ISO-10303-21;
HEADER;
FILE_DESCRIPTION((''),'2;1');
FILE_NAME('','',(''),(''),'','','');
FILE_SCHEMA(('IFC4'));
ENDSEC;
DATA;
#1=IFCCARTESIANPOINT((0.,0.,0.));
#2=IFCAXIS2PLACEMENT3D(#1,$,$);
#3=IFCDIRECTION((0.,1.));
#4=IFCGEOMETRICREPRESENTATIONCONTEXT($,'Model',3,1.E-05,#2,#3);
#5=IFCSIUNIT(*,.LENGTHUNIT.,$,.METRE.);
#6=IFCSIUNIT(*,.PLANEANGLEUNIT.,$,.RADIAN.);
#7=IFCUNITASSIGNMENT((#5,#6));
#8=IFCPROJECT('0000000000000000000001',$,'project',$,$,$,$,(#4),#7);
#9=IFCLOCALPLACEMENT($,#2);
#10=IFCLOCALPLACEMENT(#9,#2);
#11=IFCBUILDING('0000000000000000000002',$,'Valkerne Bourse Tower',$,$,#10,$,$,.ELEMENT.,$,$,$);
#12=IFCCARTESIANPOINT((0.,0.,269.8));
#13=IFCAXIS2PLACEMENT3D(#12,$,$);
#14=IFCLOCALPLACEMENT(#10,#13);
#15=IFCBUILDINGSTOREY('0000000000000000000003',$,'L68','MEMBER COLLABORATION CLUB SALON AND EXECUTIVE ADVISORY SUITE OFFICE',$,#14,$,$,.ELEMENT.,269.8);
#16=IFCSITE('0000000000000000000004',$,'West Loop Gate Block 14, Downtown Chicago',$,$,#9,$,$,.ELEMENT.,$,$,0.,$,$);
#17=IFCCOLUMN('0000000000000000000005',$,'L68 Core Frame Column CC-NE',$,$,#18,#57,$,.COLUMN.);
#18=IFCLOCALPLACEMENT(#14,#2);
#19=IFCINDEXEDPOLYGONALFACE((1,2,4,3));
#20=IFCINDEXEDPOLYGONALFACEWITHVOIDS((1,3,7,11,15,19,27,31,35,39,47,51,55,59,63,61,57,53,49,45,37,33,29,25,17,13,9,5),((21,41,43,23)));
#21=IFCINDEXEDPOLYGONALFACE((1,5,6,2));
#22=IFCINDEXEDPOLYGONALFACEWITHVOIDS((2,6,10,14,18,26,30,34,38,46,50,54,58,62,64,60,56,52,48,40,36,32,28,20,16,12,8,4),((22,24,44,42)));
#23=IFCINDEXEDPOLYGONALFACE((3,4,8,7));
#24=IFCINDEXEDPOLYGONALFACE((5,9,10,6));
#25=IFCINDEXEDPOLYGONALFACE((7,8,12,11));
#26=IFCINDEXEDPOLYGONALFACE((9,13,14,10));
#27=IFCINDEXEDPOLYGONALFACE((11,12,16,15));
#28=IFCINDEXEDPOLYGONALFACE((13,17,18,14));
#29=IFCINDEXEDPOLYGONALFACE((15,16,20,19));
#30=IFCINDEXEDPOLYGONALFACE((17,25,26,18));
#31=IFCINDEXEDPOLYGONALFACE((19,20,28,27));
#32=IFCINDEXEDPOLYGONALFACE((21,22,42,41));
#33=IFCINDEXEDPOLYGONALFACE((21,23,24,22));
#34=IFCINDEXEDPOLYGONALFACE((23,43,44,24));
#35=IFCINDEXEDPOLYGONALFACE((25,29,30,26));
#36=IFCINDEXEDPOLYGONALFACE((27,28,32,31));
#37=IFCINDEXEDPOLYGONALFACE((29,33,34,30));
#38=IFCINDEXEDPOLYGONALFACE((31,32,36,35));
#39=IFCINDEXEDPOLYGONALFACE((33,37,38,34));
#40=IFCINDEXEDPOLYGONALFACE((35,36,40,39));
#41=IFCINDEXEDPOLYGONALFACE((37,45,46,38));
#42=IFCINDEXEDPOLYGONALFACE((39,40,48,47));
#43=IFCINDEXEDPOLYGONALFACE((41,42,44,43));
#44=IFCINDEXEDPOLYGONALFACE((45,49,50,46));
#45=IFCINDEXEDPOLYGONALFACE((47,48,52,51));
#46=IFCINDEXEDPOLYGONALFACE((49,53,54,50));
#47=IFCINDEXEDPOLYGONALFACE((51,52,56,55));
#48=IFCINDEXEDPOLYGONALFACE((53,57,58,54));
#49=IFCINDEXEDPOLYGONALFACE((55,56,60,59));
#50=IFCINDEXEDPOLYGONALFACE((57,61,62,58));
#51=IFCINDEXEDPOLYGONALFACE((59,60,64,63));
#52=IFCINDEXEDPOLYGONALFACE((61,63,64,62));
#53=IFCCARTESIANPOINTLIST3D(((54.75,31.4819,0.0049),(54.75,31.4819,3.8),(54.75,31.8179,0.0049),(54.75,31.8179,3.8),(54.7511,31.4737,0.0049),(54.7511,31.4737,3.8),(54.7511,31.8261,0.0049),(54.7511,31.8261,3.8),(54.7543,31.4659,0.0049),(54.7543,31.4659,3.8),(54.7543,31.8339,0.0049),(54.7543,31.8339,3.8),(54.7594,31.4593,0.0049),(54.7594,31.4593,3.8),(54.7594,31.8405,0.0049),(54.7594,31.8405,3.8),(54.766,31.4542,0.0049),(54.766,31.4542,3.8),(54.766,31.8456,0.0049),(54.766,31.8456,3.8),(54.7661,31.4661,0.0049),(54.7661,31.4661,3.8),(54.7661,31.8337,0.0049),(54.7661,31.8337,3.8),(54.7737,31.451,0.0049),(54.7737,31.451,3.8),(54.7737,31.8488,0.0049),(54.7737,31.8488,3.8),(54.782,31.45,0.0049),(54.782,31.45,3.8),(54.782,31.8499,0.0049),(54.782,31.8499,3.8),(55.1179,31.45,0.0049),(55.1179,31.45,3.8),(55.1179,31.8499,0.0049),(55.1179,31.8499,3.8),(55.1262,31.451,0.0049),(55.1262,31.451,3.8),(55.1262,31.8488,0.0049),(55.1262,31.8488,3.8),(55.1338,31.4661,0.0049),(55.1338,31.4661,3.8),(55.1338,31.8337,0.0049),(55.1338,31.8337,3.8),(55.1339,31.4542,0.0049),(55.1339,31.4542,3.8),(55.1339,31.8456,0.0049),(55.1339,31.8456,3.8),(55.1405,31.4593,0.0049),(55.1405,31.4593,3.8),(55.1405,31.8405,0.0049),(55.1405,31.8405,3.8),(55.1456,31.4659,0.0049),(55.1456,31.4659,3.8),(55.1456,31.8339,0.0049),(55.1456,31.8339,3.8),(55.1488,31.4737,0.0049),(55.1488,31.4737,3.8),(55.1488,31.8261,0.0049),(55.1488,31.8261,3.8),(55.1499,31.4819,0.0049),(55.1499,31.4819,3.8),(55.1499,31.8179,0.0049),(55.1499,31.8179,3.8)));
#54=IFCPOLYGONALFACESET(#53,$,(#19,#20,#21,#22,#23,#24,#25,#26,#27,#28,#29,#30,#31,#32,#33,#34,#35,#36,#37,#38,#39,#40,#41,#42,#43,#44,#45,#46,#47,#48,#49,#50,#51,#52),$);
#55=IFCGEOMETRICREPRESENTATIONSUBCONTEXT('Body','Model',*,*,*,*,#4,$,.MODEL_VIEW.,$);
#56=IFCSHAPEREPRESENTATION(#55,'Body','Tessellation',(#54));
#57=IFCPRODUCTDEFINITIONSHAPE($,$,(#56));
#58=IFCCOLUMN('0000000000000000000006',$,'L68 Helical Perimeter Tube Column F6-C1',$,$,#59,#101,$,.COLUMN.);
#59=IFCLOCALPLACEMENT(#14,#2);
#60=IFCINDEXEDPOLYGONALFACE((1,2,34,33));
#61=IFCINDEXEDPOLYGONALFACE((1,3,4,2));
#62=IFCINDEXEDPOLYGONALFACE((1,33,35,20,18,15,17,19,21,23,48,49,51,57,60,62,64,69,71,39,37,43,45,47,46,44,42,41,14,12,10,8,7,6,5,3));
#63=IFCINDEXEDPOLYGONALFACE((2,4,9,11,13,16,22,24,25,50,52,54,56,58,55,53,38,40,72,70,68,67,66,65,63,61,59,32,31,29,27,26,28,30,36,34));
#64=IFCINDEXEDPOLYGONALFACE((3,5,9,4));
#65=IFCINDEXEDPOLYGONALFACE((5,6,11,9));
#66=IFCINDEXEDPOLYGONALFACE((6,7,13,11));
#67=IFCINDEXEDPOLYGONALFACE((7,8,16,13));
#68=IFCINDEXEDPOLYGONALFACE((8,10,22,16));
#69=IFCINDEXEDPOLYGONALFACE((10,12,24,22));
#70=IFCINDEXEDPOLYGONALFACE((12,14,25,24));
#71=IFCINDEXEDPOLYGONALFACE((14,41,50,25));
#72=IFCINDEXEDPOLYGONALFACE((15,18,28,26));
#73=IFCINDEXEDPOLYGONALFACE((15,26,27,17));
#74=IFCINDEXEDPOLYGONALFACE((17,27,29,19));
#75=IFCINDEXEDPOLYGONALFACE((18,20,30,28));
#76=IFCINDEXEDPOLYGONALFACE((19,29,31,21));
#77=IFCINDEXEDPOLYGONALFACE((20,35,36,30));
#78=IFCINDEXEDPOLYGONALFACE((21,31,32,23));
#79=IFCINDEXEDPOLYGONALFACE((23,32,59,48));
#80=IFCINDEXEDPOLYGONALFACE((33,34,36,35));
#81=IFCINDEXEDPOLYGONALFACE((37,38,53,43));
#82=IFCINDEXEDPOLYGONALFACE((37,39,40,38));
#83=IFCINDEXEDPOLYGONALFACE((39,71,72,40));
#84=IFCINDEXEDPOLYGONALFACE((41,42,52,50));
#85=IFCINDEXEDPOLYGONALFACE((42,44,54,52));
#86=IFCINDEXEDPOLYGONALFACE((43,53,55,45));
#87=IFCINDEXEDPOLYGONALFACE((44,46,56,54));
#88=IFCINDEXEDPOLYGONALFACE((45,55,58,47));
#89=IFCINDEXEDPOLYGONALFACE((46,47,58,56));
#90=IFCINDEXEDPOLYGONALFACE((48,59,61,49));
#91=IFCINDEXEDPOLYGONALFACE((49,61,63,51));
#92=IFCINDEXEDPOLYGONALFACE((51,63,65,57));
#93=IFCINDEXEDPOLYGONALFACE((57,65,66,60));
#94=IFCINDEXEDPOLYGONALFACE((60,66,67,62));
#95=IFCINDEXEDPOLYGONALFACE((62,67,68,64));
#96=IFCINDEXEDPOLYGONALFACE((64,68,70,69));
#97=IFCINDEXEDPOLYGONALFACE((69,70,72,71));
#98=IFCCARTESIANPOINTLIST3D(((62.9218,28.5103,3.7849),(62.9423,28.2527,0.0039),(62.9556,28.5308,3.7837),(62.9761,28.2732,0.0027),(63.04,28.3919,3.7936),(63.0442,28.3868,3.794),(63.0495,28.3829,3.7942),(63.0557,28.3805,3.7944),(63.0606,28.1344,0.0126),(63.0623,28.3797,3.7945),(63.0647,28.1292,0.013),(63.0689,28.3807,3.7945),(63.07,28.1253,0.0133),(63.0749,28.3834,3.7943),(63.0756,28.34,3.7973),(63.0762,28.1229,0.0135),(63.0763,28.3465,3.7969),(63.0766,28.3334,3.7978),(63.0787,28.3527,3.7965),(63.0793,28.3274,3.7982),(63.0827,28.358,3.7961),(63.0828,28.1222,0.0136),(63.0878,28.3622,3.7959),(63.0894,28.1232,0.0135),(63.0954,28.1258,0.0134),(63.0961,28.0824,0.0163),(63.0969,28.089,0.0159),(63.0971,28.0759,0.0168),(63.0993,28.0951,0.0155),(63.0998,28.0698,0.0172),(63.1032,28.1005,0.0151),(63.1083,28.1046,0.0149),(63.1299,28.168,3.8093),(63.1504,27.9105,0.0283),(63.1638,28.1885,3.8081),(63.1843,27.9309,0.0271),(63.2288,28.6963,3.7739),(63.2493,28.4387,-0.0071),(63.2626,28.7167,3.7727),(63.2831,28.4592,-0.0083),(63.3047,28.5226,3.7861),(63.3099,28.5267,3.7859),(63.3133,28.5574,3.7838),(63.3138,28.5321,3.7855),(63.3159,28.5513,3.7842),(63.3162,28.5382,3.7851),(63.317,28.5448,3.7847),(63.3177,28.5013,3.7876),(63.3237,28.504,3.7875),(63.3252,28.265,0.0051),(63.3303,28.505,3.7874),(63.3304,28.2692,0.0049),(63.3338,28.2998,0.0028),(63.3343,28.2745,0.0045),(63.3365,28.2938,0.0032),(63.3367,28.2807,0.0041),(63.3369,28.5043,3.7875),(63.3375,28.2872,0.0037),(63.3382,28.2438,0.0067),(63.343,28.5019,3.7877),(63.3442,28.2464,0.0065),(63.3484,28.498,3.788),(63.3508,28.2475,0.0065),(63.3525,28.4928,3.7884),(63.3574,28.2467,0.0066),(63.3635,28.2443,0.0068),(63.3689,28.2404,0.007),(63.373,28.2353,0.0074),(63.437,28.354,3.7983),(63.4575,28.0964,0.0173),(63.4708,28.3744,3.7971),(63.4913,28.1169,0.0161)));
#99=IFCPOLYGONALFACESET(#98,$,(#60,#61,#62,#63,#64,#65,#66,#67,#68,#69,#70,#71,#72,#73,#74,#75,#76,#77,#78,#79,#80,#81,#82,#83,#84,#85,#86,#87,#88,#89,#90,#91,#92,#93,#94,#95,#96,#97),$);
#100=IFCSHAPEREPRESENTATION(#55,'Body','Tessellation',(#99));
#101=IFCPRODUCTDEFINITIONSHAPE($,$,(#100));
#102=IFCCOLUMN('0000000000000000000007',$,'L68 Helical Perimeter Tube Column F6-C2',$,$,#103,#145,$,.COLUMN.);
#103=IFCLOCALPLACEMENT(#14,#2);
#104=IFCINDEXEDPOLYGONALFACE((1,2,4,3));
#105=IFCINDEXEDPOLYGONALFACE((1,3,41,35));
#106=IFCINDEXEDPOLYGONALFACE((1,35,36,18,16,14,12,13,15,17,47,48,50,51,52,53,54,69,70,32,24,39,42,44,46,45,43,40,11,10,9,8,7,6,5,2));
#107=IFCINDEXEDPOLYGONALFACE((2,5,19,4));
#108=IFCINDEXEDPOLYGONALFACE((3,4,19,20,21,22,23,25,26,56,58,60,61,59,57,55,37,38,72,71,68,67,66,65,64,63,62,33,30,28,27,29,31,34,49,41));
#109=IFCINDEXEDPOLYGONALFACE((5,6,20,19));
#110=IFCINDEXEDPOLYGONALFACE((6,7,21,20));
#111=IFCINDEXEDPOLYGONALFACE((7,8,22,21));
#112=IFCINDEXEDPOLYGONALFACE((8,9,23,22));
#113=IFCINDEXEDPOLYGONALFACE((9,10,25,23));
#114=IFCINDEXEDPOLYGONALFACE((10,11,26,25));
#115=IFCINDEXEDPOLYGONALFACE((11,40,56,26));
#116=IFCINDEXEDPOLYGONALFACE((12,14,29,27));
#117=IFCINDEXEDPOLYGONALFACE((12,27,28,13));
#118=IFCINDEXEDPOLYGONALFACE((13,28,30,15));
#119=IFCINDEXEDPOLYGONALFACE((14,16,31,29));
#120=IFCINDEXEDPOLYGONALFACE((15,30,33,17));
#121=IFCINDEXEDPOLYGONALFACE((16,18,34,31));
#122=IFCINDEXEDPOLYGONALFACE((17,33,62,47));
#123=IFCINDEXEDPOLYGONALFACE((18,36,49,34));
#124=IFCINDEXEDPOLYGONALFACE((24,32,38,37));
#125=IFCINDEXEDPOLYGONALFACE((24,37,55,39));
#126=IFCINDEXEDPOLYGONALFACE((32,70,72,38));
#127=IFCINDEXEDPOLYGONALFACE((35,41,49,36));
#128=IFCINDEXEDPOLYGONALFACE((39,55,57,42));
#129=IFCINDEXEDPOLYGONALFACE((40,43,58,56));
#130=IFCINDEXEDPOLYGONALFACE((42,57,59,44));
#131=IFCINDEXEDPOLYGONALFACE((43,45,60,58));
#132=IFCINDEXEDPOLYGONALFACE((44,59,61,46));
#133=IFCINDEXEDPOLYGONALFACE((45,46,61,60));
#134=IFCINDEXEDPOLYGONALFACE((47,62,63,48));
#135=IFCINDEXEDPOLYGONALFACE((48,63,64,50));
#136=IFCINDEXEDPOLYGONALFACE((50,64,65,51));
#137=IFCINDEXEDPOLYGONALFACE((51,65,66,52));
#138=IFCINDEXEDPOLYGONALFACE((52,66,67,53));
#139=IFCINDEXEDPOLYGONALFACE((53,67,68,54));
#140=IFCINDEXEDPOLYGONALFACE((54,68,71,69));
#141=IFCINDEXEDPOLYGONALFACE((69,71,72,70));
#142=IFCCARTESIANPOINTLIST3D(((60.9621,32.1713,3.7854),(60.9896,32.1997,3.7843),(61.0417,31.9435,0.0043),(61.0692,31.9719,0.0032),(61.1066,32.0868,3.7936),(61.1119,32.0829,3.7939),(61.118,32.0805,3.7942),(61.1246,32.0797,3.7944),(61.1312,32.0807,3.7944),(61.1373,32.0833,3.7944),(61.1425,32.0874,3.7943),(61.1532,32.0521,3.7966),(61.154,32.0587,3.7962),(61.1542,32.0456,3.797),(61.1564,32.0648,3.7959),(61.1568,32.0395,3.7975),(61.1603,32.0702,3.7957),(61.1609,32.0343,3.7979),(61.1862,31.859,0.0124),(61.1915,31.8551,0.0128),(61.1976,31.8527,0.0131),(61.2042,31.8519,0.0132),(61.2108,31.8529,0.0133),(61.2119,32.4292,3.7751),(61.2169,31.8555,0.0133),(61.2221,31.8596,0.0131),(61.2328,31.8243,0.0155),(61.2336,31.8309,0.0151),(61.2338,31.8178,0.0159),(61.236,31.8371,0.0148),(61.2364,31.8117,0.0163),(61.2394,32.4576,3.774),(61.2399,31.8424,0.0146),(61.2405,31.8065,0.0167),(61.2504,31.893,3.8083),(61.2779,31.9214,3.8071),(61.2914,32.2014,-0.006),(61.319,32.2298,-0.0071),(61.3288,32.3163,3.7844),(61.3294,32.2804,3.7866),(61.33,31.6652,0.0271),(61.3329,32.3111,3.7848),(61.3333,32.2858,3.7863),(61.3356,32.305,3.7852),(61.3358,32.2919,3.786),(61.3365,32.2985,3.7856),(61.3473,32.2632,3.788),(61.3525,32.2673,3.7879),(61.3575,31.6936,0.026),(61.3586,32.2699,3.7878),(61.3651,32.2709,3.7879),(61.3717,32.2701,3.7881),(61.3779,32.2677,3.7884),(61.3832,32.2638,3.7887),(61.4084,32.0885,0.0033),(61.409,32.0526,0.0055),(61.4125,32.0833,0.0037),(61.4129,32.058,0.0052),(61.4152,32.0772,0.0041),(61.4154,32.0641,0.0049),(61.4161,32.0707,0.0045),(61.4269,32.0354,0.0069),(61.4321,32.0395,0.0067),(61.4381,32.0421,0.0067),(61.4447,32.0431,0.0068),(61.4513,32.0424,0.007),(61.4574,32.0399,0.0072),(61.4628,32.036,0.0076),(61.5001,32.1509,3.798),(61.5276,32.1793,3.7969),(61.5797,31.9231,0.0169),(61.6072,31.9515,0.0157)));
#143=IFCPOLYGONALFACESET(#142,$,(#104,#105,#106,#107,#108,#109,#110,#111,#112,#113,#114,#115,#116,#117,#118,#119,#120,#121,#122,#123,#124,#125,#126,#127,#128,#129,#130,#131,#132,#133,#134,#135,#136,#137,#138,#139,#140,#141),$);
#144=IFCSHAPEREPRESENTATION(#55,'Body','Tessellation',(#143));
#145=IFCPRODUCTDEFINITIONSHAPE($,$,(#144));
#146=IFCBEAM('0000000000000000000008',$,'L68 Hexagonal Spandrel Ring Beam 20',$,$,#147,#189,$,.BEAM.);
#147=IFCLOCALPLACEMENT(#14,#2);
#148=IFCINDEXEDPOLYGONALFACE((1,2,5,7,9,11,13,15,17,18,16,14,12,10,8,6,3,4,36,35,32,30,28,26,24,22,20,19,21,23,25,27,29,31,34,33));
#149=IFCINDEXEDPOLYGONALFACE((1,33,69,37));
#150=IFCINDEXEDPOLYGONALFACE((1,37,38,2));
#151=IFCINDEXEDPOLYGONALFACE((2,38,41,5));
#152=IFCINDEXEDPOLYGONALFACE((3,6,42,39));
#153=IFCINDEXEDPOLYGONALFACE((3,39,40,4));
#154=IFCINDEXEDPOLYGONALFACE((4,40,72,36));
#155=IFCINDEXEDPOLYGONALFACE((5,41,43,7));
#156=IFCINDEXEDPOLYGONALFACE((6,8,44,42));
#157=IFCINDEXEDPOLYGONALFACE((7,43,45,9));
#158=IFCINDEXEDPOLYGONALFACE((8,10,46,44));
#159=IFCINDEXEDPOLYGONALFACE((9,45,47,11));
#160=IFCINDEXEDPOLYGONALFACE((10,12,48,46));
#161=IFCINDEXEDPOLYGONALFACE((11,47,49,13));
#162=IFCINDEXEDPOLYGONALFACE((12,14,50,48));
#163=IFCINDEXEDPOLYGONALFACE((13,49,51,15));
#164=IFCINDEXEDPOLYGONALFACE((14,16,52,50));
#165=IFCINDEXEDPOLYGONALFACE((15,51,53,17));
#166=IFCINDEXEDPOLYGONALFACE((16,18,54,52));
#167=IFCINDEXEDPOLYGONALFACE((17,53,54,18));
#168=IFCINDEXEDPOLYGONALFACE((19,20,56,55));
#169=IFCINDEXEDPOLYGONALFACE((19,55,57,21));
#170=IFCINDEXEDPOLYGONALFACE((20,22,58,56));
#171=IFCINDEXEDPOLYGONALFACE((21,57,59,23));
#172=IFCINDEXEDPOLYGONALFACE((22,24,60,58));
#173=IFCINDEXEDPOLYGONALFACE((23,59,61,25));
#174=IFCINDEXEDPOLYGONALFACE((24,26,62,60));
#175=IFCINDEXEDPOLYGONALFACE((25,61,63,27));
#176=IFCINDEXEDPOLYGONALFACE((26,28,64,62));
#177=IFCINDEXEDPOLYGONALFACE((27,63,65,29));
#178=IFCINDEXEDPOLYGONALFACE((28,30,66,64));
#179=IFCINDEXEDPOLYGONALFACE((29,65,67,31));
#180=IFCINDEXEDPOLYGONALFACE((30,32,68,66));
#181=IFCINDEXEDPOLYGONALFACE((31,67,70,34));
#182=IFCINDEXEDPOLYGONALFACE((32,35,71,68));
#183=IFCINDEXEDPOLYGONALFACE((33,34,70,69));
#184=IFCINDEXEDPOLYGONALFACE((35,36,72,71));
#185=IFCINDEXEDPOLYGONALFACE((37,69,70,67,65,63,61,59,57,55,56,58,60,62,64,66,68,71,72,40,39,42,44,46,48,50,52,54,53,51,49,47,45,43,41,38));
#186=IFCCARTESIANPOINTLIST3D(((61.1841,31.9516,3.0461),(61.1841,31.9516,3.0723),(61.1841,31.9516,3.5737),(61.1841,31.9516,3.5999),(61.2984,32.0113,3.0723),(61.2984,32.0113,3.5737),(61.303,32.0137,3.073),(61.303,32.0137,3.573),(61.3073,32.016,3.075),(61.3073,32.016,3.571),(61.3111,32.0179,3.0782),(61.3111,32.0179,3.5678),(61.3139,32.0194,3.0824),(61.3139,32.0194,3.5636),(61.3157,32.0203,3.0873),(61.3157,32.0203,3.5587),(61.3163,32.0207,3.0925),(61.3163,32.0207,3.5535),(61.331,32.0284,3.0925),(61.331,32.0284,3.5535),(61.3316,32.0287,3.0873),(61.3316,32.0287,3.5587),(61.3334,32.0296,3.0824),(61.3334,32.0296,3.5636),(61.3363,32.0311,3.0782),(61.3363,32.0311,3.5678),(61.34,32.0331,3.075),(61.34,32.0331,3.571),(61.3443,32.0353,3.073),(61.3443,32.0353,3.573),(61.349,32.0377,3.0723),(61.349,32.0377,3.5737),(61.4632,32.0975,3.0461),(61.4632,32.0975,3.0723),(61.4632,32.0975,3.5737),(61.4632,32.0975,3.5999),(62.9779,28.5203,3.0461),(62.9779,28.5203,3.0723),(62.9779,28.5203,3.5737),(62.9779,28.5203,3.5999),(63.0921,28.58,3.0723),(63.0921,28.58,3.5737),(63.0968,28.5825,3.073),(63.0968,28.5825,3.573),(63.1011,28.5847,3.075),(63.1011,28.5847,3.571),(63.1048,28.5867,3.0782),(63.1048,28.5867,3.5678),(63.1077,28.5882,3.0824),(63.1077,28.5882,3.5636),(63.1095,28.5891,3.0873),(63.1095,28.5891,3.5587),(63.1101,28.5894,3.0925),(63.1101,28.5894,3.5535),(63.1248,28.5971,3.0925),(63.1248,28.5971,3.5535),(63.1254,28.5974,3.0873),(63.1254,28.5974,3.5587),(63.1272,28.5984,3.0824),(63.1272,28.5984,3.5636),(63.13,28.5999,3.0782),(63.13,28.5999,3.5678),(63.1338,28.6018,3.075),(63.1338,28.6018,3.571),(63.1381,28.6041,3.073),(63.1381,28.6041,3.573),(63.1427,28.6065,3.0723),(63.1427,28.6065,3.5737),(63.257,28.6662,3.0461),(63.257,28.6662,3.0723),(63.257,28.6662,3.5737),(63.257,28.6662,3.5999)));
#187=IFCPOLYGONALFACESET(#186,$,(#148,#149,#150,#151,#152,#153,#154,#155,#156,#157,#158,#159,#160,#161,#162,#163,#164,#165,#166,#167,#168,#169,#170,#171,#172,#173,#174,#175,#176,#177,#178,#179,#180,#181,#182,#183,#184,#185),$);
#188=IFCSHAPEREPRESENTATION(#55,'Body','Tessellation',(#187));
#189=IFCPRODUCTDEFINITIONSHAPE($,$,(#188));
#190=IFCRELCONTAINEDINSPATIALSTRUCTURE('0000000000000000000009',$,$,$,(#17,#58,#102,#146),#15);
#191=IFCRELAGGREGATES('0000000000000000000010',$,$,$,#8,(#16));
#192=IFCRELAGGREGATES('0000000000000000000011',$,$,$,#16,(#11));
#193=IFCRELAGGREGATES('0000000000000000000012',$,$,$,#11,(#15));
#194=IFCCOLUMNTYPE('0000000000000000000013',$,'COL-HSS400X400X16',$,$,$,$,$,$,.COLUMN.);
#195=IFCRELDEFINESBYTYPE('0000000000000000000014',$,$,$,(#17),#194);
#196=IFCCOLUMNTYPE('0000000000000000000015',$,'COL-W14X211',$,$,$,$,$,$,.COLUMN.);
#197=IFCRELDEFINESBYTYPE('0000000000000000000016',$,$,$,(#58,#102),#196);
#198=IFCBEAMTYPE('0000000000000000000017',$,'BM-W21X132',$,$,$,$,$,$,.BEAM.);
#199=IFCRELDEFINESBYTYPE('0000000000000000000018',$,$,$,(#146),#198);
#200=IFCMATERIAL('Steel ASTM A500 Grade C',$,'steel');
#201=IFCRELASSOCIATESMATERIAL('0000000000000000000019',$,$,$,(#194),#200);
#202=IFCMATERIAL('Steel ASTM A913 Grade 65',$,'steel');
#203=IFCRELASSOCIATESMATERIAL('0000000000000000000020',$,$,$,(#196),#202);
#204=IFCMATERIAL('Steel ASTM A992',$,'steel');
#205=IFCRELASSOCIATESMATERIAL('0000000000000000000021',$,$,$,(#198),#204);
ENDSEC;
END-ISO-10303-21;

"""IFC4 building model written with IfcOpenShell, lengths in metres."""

from ifc_helpers import new_model, si_unit, direction, frame, origin, origin_2d, place, context, subcontext, project, spatial, hollow_rectangle, i_section, extrude, material, material_profile, profile_set, type_object, element, save


model = new_model("IFC4")

# Units and contexts
model_context = context("Model", 3, precision=1e-05, world=origin(), true_north=direction((0.0, 1.0)))
body_context = subcontext(model_context, "Body", "Model", "MODEL_VIEW")
ifc_project = project(units=[si_unit("LENGTHUNIT", "METRE"), si_unit("PLANEANGLEUNIT", "RADIAN")], contexts=[model_context])

# Site, building, storey
site_placement = place(None, origin())
site = spatial("IfcSite", under=ifc_project, at=site_placement, Name="West Loop Gate Block 14, Downtown Chicago", CompositionType="ELEMENT", RefElevation=0.0)
building_placement = place(site_placement, origin())
building = spatial("IfcBuilding", under=site, at=building_placement, Name="Valkerne Bourse Tower", CompositionType="ELEMENT")
storey_placement = place(building_placement, frame((0.0, 0.0, 269.8)))
storey = spatial("IfcBuildingStorey", under=building, at=storey_placement, Name="L68", Description="MEMBER COLLABORATION CLUB SALON AND EXECUTIVE ADVISORY SUITE OFFICE", CompositionType="ELEMENT", Elevation=269.8)

# Columns
ifc_material_1 = material(Name="Steel ASTM A500 Grade C", Category="steel")
ifc_material_profile_1 = material_profile(ifc_material_1, hollow_rectangle(XDim=0.3999, YDim=0.3999, WallThickness=0.0161, OuterFilletRadius=0.032, at=origin_2d()), Name="HSS400X400X16")
ifc_profile_set_1 = profile_set([ifc_material_profile_1], Name="Steel ASTM A500 Grade C")
column_type_1 = type_object("IfcColumnType", Name="COL-HSS400X400X16", PredefinedType="COLUMN", material=ifc_profile_set_1)
column_1_placement = place(storey_placement, frame((54.95, 31.6499, 0.0049), z_axis=(0.0, 0.0, 1.0), x_axis=(1.0, 0.0, 0.0)))
element("IfcColumn", 1, at=column_1_placement, inside=storey, type_object=column_type_1, Name="L68 Core Frame Column CC-NE", PredefinedType="COLUMN", context=body_context, shape_type="SweptSolid", body=[
    extrude(hollow_rectangle(XDim=0.3999, YDim=0.3999, WallThickness=0.0161, OuterFilletRadius=0.032, at=origin_2d()), origin(), (0.0, 0.0, 1.0), 3.7952),
])
ifc_material_2 = material(Name="Steel ASTM A913 Grade 65", Category="steel")
ifc_material_profile_2 = material_profile(ifc_material_2, i_section(OverallWidth=0.4014, OverallDepth=0.3987, WebThickness=0.0249, FlangeThickness=0.0396, FilletRadius=0.0254, at=origin_2d()), Name="W14X211")
ifc_profile_set_2 = profile_set([ifc_material_profile_2], Name="Steel ASTM A913 Grade 65")
column_type_2 = type_object("IfcColumnType", Name="COL-W14X211", PredefinedType="COLUMN", material=ifc_profile_set_2)
column_2_placement = place(storey_placement, frame((63.2168, 28.1848, 0.01), z_axis=(-0.005411, 0.067963, 0.997673), x_axis=(0.518643, -0.852819, 0.060908)))
element("IfcColumn", 2, at=column_2_placement, inside=storey, type_object=column_type_2, Name="L68 Helical Perimeter Tube Column F6-C1", PredefinedType="COLUMN", context=body_context, shape_type="SweptSolid", body=[
    extrude(i_section(OverallWidth=0.4014, OverallDepth=0.3987, WebThickness=0.0249, FlangeThickness=0.0396, FilletRadius=0.0254, at=origin_2d()), origin(), (0.0, 0.0, 1.0), 3.7898),
])
column_3_placement = place(storey_placement, frame((61.3245, 31.9475, 0.01), z_axis=(-0.021007, 0.060122, 0.99797), x_axis=(0.718256, -0.693449, 0.056895)))
element("IfcColumn", 3, at=column_3_placement, inside=storey, type_object=column_type_2, Name="L68 Helical Perimeter Tube Column F6-C2", PredefinedType="COLUMN", context=body_context, shape_type="SweptSolid", body=[
    extrude(i_section(OverallWidth=0.4014, OverallDepth=0.3987, WebThickness=0.0249, FlangeThickness=0.0396, FilletRadius=0.0254, at=origin_2d()), origin(), (0.0, 0.0, 1.0), 3.7888),
])

# Beam
ifc_material_3 = material(Name="Steel ASTM A992", Category="steel")
ifc_material_profile_3 = material_profile(ifc_material_3, i_section(OverallWidth=0.3149, OverallDepth=0.5537, WebThickness=0.0166, FlangeThickness=0.0261, FilletRadius=0.0203, at=origin_2d()), Name="W21X132")
ifc_profile_set_3 = profile_set([ifc_material_profile_3], Name="Steel ASTM A992")
beam_type_1 = type_object("IfcBeamType", Name="BM-W21X132", PredefinedType="BEAM", material=ifc_profile_set_3)
for number, where, z_axis, x_axis, name in (
    (4, (63.1174, 28.5933, 3.323), (-0.463283, 0.88621, 0.0), (-0.88621, -0.463283, 0.0), "L68 Hexagonal Spandrel Ring Beam 20"),
):
    element("IfcBeam", number, at=place(storey_placement, frame(where, z_axis=z_axis, x_axis=x_axis)), inside=storey, type_object=beam_type_1, Name=name, PredefinedType="BEAM", context=body_context, shape_type="SweptSolid", body=[
        extrude(i_section(OverallWidth=0.3149, OverallDepth=0.5537, WebThickness=0.0166, FlangeThickness=0.0261, FilletRadius=0.0203, at=origin_2d()), origin(), (0.0, 0.0, 1.0), 3.8718),
    ])

save(model, "model.ifc")
